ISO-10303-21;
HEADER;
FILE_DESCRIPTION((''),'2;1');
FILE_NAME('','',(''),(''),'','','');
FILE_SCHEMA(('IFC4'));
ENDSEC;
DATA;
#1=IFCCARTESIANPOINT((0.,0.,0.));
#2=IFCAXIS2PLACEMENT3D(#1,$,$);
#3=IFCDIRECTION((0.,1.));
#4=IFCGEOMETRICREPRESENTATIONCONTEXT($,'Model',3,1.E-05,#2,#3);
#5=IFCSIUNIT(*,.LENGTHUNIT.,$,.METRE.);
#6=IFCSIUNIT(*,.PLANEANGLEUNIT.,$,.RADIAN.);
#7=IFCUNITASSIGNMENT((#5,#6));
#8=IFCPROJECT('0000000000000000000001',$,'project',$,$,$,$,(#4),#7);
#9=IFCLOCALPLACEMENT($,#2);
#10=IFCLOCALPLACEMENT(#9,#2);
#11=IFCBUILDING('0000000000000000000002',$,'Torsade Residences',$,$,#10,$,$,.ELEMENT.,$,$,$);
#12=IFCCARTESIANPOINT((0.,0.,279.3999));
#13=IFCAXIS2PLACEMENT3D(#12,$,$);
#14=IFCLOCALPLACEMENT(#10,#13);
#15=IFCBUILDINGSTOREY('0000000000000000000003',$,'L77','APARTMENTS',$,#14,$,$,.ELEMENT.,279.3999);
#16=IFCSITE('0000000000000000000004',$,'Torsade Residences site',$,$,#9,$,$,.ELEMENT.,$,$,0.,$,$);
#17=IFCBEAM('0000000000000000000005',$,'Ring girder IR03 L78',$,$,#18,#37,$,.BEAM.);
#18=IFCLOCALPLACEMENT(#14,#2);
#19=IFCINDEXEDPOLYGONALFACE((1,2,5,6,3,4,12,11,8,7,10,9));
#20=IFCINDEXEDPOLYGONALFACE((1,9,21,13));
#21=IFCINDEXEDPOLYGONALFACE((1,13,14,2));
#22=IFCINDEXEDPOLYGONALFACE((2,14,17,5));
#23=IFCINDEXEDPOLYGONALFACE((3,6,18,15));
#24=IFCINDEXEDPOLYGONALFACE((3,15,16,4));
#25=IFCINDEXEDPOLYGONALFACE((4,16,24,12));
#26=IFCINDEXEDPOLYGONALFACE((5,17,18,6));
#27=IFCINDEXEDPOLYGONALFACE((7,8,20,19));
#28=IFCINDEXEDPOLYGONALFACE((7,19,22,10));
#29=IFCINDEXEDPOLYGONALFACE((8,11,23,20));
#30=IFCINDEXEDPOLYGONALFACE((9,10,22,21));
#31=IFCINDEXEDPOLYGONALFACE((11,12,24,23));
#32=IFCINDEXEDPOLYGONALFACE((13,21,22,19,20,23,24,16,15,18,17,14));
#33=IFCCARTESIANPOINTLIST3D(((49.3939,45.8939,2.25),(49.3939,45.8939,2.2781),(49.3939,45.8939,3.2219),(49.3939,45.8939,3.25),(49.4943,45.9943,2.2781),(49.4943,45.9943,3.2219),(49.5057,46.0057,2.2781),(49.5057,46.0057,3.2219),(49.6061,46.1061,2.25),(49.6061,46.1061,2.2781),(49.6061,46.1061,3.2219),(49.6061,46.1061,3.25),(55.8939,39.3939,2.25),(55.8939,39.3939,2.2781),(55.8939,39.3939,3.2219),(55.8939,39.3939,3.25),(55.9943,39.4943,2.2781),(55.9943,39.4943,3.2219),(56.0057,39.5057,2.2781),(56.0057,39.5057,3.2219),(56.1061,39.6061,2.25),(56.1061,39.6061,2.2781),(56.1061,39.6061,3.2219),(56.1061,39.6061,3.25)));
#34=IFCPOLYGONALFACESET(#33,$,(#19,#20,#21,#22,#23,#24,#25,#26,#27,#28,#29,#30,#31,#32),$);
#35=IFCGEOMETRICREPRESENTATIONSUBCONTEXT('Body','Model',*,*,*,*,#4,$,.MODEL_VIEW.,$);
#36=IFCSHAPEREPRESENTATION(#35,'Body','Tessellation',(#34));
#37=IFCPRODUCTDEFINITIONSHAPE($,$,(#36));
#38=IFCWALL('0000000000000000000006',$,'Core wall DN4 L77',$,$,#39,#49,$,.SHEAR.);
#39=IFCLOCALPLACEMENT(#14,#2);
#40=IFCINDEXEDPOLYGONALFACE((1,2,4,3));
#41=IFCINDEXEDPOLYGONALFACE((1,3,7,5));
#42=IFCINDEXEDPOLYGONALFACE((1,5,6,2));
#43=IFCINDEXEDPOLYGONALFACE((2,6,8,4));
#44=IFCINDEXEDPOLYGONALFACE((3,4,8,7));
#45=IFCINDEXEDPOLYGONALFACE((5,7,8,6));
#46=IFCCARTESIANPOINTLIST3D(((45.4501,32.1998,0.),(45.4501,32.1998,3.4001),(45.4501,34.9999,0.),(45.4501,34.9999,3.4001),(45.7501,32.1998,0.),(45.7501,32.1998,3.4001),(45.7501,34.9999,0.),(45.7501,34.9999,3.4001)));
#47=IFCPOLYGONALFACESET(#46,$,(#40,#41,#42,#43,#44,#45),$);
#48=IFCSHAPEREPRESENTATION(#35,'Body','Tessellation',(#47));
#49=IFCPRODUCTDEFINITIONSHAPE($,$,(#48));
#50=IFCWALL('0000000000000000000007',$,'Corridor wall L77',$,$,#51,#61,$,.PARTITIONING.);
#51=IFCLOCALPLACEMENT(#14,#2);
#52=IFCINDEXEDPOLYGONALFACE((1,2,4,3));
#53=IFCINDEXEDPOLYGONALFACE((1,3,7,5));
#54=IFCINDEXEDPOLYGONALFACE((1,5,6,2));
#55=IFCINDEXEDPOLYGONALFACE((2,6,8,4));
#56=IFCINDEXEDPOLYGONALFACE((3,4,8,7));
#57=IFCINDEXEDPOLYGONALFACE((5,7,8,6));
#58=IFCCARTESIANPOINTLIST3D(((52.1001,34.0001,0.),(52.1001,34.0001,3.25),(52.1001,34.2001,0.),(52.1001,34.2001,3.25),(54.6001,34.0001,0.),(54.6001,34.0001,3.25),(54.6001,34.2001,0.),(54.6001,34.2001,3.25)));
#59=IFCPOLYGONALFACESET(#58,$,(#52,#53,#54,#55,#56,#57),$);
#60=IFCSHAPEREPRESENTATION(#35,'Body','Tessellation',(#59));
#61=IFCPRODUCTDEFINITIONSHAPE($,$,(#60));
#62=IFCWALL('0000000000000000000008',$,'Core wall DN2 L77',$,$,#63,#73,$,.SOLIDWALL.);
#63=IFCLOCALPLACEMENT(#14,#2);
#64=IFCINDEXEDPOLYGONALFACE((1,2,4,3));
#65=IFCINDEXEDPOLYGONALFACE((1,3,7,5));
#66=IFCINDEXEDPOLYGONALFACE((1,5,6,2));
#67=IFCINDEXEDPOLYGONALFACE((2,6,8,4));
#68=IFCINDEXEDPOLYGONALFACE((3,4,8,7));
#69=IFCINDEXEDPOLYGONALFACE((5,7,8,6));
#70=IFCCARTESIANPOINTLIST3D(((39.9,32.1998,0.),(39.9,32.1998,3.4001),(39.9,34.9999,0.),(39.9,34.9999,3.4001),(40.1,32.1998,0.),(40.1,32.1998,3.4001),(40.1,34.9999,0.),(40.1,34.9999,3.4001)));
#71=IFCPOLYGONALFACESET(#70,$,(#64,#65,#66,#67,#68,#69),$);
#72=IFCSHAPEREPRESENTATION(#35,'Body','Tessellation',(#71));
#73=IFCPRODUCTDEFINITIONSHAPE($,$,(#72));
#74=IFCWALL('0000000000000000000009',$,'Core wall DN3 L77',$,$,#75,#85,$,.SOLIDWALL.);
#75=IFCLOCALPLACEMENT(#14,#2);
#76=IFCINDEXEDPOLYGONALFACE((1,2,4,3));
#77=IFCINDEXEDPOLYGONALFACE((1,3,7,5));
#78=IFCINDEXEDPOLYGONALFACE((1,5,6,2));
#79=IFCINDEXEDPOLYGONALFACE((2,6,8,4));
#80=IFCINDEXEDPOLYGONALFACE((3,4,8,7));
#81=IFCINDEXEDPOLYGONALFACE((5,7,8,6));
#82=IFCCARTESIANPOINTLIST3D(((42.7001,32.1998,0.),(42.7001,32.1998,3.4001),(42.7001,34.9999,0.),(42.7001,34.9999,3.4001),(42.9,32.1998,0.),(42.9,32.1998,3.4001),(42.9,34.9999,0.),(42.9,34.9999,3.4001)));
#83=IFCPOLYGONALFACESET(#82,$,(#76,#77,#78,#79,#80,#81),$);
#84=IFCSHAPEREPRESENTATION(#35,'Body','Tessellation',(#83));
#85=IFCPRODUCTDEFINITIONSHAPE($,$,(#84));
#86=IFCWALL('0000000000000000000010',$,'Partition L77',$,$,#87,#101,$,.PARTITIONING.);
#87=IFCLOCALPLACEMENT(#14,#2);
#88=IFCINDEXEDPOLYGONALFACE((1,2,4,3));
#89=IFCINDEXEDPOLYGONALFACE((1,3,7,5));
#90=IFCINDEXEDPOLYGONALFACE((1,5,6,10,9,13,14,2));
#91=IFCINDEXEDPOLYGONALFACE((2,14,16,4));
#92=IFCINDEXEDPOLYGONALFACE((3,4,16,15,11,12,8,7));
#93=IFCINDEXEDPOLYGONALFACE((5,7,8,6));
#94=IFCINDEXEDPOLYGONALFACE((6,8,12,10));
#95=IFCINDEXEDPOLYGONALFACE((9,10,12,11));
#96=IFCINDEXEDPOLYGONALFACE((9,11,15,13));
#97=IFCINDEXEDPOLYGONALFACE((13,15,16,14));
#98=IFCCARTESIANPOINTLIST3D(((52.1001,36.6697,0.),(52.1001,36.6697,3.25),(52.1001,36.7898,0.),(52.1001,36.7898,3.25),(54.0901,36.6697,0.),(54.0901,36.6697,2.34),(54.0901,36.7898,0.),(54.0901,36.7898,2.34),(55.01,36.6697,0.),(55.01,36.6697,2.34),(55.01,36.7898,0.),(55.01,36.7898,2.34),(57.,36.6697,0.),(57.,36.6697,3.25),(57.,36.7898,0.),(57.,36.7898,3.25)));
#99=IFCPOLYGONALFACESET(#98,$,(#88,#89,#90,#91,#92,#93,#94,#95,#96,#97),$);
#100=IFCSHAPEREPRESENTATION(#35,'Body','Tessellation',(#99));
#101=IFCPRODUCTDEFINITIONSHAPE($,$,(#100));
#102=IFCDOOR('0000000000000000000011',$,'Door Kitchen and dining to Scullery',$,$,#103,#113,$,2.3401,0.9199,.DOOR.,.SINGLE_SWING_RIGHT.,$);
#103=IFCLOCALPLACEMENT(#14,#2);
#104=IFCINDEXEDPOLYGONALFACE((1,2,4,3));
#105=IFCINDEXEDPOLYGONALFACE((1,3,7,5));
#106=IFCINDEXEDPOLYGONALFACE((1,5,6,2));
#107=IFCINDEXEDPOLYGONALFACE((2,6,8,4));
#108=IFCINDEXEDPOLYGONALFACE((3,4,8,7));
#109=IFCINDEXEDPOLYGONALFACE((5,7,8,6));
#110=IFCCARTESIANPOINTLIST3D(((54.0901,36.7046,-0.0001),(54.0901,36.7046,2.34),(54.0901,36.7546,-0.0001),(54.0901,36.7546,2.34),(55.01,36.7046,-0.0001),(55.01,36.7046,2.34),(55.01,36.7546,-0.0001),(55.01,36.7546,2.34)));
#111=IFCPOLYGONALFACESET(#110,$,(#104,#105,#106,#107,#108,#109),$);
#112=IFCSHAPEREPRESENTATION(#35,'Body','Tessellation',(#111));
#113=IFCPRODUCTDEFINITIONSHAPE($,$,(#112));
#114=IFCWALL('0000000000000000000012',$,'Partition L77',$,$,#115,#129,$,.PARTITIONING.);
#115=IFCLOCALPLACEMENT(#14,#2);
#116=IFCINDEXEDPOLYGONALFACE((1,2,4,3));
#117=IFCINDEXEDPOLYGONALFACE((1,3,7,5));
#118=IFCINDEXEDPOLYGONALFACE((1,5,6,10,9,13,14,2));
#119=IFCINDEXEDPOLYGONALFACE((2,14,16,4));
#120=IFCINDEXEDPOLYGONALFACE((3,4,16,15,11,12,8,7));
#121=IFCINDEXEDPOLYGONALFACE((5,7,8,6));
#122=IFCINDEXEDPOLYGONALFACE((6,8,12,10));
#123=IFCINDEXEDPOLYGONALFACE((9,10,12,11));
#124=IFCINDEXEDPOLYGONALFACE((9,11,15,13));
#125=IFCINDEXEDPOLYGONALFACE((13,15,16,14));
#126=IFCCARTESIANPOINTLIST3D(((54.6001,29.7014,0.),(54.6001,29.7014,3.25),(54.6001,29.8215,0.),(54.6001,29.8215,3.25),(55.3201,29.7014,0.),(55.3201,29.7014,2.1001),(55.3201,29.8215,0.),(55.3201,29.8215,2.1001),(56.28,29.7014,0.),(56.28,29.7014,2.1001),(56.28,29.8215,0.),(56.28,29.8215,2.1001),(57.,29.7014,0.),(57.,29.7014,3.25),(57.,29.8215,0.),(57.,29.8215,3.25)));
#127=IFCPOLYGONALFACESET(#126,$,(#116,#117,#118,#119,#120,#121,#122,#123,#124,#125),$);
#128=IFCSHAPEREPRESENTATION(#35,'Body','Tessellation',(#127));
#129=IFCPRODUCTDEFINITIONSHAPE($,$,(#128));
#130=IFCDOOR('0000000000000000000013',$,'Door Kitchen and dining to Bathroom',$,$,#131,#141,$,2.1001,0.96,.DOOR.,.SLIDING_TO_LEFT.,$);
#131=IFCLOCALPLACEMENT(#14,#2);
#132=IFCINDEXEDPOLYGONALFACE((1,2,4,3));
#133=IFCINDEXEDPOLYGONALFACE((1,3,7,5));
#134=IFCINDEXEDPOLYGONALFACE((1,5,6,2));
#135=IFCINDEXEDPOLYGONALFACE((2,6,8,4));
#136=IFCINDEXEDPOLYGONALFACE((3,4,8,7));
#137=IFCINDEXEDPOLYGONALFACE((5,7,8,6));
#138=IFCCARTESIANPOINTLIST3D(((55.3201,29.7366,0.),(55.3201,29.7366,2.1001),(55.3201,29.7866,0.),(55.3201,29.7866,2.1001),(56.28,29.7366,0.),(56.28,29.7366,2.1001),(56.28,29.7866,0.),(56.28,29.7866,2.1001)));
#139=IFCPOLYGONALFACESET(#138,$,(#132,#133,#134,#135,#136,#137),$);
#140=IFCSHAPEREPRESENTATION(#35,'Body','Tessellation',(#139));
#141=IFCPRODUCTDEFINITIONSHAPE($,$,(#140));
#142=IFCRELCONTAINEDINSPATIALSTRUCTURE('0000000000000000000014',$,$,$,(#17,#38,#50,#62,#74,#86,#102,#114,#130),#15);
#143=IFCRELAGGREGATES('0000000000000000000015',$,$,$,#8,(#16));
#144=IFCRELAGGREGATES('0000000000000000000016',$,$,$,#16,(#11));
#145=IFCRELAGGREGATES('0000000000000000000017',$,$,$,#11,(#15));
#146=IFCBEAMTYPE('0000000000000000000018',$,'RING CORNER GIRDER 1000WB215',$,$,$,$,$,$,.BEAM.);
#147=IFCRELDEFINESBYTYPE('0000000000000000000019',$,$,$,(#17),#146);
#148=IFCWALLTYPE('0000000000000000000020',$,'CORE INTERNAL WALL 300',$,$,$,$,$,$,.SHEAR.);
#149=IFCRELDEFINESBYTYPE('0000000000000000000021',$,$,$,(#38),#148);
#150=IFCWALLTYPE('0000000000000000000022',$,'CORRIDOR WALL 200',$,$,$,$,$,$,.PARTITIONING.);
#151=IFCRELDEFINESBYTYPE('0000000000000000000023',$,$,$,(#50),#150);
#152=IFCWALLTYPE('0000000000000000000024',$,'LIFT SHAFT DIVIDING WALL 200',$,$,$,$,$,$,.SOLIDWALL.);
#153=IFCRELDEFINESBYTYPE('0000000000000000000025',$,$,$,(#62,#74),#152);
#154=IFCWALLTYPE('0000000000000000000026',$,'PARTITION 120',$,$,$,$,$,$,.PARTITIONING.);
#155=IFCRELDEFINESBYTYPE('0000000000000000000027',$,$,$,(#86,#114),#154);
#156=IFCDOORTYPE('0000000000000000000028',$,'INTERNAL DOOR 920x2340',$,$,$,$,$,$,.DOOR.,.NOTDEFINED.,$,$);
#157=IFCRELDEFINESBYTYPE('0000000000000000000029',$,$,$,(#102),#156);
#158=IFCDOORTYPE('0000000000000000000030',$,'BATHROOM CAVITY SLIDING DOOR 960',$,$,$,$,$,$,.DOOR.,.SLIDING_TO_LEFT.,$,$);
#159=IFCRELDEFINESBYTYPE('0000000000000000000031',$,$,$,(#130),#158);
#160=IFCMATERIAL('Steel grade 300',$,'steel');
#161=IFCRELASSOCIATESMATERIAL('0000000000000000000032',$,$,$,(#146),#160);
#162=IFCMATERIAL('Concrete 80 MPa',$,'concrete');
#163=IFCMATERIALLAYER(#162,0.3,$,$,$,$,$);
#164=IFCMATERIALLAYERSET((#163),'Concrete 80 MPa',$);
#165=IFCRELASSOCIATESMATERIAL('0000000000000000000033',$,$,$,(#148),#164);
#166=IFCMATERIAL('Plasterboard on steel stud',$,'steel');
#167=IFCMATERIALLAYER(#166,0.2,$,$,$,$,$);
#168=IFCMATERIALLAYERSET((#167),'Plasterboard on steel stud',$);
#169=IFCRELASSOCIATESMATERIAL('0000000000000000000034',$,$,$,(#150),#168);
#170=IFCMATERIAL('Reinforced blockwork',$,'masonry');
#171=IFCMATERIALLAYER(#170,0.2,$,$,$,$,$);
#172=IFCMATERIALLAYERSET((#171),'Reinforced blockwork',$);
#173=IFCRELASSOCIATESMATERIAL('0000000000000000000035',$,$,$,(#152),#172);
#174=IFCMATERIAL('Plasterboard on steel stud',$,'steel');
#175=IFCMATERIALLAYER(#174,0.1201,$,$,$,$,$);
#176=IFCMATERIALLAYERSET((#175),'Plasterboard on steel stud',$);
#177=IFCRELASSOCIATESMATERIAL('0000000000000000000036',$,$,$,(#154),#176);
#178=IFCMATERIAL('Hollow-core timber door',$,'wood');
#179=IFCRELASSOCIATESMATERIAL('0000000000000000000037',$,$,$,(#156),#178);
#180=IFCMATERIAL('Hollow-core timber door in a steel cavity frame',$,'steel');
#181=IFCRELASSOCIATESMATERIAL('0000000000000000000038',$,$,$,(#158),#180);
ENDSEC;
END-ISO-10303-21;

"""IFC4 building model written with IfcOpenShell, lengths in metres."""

from ifc_helpers import new_model, si_unit, direction, frame, frame_2d, origin, origin_2d, place, context, subcontext, project, spatial, rectangle, i_section, extrude, material, layer, layer_set, material_profile, profile_set, type_object, element, fill, save


model = new_model("IFC4")

# Units and contexts
model_context = context("Model", 3, precision=1e-05, world=origin(), true_north=direction((0.0, 1.0)))
body_context = subcontext(model_context, "Body", "Model", "MODEL_VIEW")
ifc_project = project(units=[si_unit("LENGTHUNIT", "METRE"), si_unit("PLANEANGLEUNIT", "RADIAN")], contexts=[model_context])

# Site, building, storey
site_placement = place(None, origin())
site = spatial("IfcSite", under=ifc_project, at=site_placement, Name="Torsade Residences site", CompositionType="ELEMENT", RefElevation=0.0)
building_placement = place(site_placement, origin())
building = spatial("IfcBuilding", under=site, at=building_placement, Name="Torsade Residences", CompositionType="ELEMENT")
storey_placement = place(building_placement, frame((0.0, 0.0, 279.3999)))
storey = spatial("IfcBuildingStorey", under=building, at=storey_placement, Name="L77", Description="APARTMENTS", CompositionType="ELEMENT", Elevation=279.3999)

# Beam
ifc_material_1 = material(Name="Steel grade 300", Category="steel")
ifc_material_profile_1 = material_profile(ifc_material_1, i_section(OverallWidth=0.3, OverallDepth=1.0, WebThickness=0.0161, FlangeThickness=0.0281, at=origin_2d()), Name="1000WB215")
ifc_profile_set_1 = profile_set([ifc_material_profile_1], Name="Steel grade 300")
beam_type_1 = type_object("IfcBeamType", Name="RING CORNER GIRDER 1000WB215", PredefinedType="BEAM", material=ifc_profile_set_1)
beam_1_placement = place(storey_placement, frame((56.0, 39.5, 2.75), z_axis=(-0.707107, 0.707107, 0.0), x_axis=(-0.707107, -0.707107, 0.0)))
element("IfcBeam", 1, at=beam_1_placement, inside=storey, type_object=beam_type_1, Name="Ring girder IR03 L78", PredefinedType="BEAM", context=body_context, shape_type="SweptSolid", body=[
    extrude(i_section(OverallWidth=0.3, OverallDepth=1.0, WebThickness=0.0161, FlangeThickness=0.0281, at=origin_2d()), origin(), (0.0, 0.0, 1.0), 9.1924),
])

# Walls
ifc_material_2 = material(Name="Concrete 80 MPa", Category="concrete")
ifc_layer_1 = layer(ifc_material_2, 0.3)
ifc_layer_set_1 = layer_set([ifc_layer_1], Name="Concrete 80 MPa")
wall_type_1 = type_object("IfcWallType", Name="CORE INTERNAL WALL 300", PredefinedType="SHEAR", material=ifc_layer_set_1)
wall_1_placement = place(storey_placement, frame((45.6001, 32.2, 0.0), z_axis=(0.0, 0.0, 1.0), x_axis=(0.0, 1.0, 0.0)))
element("IfcWall", 2, at=wall_1_placement, inside=storey, type_object=wall_type_1, Name="Core wall DN4 L77", PredefinedType="SHEAR", context=body_context, shape_type="SweptSolid", body=[
    extrude(rectangle(XDim=2.8, YDim=0.3, at=frame_2d((1.3999, 0.0))), origin(), (0.0, 0.0, 1.0), 3.4001),
])
ifc_material_3 = material(Name="Plasterboard on steel stud", Category="steel")
ifc_layer_2 = layer(ifc_material_3, 0.2)
ifc_layer_set_2 = layer_set([ifc_layer_2], Name="Plasterboard on steel stud")
wall_type_2 = type_object("IfcWallType", Name="CORRIDOR WALL 200", PredefinedType="PARTITIONING", material=ifc_layer_set_2)
wall_2_placement = place(storey_placement, frame((52.1001, 34.1001, 0.0), z_axis=(0.0, 0.0, 1.0), x_axis=(1.0, 0.0, 0.0)))
element("IfcWall", 3, at=wall_2_placement, inside=storey, type_object=wall_type_2, Name="Corridor wall L77", PredefinedType="PARTITIONING", context=body_context, shape_type="SweptSolid", body=[
    extrude(rectangle(XDim=2.5, YDim=0.2, at=frame_2d((1.25, 0.0))), origin(), (0.0, 0.0, 1.0), 3.25),
])
ifc_material_4 = material(Name="Reinforced blockwork", Category="masonry")
ifc_layer_3 = layer(ifc_material_4, 0.2)
ifc_layer_set_3 = layer_set([ifc_layer_3], Name="Reinforced blockwork")
wall_type_3 = type_object("IfcWallType", Name="LIFT SHAFT DIVIDING WALL 200", PredefinedType="SOLIDWALL", material=ifc_layer_set_3)
for number, where, z_axis, x_axis, name in (
    (4, (40.0, 32.2, 0.0), (0.0, 0.0, 1.0), (0.0, 1.0, 0.0), "Core wall DN2 L77"),
    (5, (42.8, 32.2, 0.0), (0.0, 0.0, 1.0), (0.0, 1.0, 0.0), "Core wall DN3 L77"),
):
    element("IfcWall", number, at=place(storey_placement, frame(where, z_axis=z_axis, x_axis=x_axis)), inside=storey, type_object=wall_type_3, Name=name, PredefinedType="SOLIDWALL", context=body_context, shape_type="SweptSolid", body=[
        extrude(rectangle(XDim=2.8, YDim=0.2, at=frame_2d((1.3999, 0.0))), origin(), (0.0, 0.0, 1.0), 3.4001),
    ])

# Walls, openings, doors
ifc_material_5 = material(Name="Plasterboard on steel stud", Category="steel")
ifc_layer_4 = layer(ifc_material_5, 0.1201)
ifc_layer_set_4 = layer_set([ifc_layer_4], Name="Plasterboard on steel stud")
wall_type_4 = type_object("IfcWallType", Name="PARTITION 120", PredefinedType="PARTITIONING", material=ifc_layer_set_4)
wall_3_placement = place(storey_placement, frame((52.1001, 36.7297, 0.0), z_axis=(0.0, 0.0, 1.0), x_axis=(1.0, 0.0, 0.0)))
wall_3 = element("IfcWall", 6, at=wall_3_placement, inside=storey, type_object=wall_type_4, Name="Partition L77", PredefinedType="PARTITIONING", context=body_context, shape_type="SweptSolid", body=[
    extrude(rectangle(XDim=4.8999, YDim=0.1201, at=frame_2d((2.45, 0.0))), origin(), (0.0, 0.0, 1.0), 3.25),
])
opening_1_placement = place(wall_3_placement, frame((1.99, 0.0, 0.0)))
opening_1 = element("IfcOpeningElement", 7, at=opening_1_placement, cuts=wall_3, PredefinedType="OPENING", context=body_context, shape_type="SweptSolid", body=[
    extrude(rectangle(XDim=0.9199, YDim=2.3401, at=frame_2d((0.46, 1.1699))), frame((0.0, 0.0701, 0.0), z_axis=(0.0, -1.0, 0.0), x_axis=(1.0, 0.0, 0.0)), (0.0, 0.0, 1.0), 0.1401),
])
ifc_material_6 = material(Name="Hollow-core timber door", Category="wood")
door_type_1 = type_object("IfcDoorType", Name="INTERNAL DOOR 920x2340", OperationType="NOTDEFINED", PredefinedType="DOOR", material=ifc_material_6)
door_1_placement = place(opening_1_placement, origin())
door_1 = element("IfcDoor", 8, at=door_1_placement, inside=storey, type_object=door_type_1, Name="Door Kitchen and dining to Scullery", OperationType="SINGLE_SWING_RIGHT", OverallHeight=2.3401, OverallWidth=0.9199, PredefinedType="DOOR", context=body_context, shape_type="SweptSolid", body=[
    extrude(rectangle(XDim=0.9199, YDim=2.3401, at=frame_2d((0.46, 1.1699))), frame((0.0, 0.0249, 0.0), z_axis=(0.0, -1.0, 0.0), x_axis=(1.0, 0.0, 0.0)), (0.0, 0.0, 1.0), 0.05),
])
fill(opening_1, door_1)
wall_4_placement = place(storey_placement, frame((57.0, 29.7615, 0.0), z_axis=(0.0, 0.0, 1.0), x_axis=(-1.0, 0.0, 0.0)))
wall_4 = element("IfcWall", 9, at=wall_4_placement, inside=storey, type_object=wall_type_4, Name="Partition L77", PredefinedType="PARTITIONING", context=body_context, shape_type="SweptSolid", body=[
    extrude(rectangle(XDim=2.3999, YDim=0.1201, at=frame_2d((1.2, 0.0))), origin(), (0.0, 0.0, 1.0), 3.25),
])
opening_2_placement = place(wall_4_placement, frame((0.72, 0.0, 0.0)))
opening_2 = element("IfcOpeningElement", 10, at=opening_2_placement, cuts=wall_4, PredefinedType="OPENING", context=body_context, shape_type="SweptSolid", body=[
    extrude(rectangle(XDim=0.96, YDim=2.1001, at=frame_2d((0.48, 1.05))), frame((0.0, 0.0701, 0.0), z_axis=(0.0, -1.0, 0.0), x_axis=(1.0, 0.0, 0.0)), (0.0, 0.0, 1.0), 0.1401),
])
ifc_material_7 = material(Name="Hollow-core timber door in a steel cavity frame", Category="steel")
door_type_2 = type_object("IfcDoorType", Name="BATHROOM CAVITY SLIDING DOOR 960", OperationType="SLIDING_TO_LEFT", PredefinedType="DOOR", material=ifc_material_7)
door_2_placement = place(opening_2_placement, origin())
door_2 = element("IfcDoor", 11, at=door_2_placement, inside=storey, type_object=door_type_2, Name="Door Kitchen and dining to Bathroom", OperationType="SLIDING_TO_LEFT", OverallHeight=2.1001, OverallWidth=0.96, PredefinedType="DOOR", context=body_context, shape_type="SweptSolid", body=[
    extrude(rectangle(XDim=0.96, YDim=2.1001, at=frame_2d((0.48, 1.05))), frame((0.0, 0.0249, 0.0), z_axis=(0.0, -1.0, 0.0), x_axis=(1.0, 0.0, 0.0)), (0.0, 0.0, 1.0), 0.05),
])
fill(opening_2, door_2)

save(model, "model.ifc")
